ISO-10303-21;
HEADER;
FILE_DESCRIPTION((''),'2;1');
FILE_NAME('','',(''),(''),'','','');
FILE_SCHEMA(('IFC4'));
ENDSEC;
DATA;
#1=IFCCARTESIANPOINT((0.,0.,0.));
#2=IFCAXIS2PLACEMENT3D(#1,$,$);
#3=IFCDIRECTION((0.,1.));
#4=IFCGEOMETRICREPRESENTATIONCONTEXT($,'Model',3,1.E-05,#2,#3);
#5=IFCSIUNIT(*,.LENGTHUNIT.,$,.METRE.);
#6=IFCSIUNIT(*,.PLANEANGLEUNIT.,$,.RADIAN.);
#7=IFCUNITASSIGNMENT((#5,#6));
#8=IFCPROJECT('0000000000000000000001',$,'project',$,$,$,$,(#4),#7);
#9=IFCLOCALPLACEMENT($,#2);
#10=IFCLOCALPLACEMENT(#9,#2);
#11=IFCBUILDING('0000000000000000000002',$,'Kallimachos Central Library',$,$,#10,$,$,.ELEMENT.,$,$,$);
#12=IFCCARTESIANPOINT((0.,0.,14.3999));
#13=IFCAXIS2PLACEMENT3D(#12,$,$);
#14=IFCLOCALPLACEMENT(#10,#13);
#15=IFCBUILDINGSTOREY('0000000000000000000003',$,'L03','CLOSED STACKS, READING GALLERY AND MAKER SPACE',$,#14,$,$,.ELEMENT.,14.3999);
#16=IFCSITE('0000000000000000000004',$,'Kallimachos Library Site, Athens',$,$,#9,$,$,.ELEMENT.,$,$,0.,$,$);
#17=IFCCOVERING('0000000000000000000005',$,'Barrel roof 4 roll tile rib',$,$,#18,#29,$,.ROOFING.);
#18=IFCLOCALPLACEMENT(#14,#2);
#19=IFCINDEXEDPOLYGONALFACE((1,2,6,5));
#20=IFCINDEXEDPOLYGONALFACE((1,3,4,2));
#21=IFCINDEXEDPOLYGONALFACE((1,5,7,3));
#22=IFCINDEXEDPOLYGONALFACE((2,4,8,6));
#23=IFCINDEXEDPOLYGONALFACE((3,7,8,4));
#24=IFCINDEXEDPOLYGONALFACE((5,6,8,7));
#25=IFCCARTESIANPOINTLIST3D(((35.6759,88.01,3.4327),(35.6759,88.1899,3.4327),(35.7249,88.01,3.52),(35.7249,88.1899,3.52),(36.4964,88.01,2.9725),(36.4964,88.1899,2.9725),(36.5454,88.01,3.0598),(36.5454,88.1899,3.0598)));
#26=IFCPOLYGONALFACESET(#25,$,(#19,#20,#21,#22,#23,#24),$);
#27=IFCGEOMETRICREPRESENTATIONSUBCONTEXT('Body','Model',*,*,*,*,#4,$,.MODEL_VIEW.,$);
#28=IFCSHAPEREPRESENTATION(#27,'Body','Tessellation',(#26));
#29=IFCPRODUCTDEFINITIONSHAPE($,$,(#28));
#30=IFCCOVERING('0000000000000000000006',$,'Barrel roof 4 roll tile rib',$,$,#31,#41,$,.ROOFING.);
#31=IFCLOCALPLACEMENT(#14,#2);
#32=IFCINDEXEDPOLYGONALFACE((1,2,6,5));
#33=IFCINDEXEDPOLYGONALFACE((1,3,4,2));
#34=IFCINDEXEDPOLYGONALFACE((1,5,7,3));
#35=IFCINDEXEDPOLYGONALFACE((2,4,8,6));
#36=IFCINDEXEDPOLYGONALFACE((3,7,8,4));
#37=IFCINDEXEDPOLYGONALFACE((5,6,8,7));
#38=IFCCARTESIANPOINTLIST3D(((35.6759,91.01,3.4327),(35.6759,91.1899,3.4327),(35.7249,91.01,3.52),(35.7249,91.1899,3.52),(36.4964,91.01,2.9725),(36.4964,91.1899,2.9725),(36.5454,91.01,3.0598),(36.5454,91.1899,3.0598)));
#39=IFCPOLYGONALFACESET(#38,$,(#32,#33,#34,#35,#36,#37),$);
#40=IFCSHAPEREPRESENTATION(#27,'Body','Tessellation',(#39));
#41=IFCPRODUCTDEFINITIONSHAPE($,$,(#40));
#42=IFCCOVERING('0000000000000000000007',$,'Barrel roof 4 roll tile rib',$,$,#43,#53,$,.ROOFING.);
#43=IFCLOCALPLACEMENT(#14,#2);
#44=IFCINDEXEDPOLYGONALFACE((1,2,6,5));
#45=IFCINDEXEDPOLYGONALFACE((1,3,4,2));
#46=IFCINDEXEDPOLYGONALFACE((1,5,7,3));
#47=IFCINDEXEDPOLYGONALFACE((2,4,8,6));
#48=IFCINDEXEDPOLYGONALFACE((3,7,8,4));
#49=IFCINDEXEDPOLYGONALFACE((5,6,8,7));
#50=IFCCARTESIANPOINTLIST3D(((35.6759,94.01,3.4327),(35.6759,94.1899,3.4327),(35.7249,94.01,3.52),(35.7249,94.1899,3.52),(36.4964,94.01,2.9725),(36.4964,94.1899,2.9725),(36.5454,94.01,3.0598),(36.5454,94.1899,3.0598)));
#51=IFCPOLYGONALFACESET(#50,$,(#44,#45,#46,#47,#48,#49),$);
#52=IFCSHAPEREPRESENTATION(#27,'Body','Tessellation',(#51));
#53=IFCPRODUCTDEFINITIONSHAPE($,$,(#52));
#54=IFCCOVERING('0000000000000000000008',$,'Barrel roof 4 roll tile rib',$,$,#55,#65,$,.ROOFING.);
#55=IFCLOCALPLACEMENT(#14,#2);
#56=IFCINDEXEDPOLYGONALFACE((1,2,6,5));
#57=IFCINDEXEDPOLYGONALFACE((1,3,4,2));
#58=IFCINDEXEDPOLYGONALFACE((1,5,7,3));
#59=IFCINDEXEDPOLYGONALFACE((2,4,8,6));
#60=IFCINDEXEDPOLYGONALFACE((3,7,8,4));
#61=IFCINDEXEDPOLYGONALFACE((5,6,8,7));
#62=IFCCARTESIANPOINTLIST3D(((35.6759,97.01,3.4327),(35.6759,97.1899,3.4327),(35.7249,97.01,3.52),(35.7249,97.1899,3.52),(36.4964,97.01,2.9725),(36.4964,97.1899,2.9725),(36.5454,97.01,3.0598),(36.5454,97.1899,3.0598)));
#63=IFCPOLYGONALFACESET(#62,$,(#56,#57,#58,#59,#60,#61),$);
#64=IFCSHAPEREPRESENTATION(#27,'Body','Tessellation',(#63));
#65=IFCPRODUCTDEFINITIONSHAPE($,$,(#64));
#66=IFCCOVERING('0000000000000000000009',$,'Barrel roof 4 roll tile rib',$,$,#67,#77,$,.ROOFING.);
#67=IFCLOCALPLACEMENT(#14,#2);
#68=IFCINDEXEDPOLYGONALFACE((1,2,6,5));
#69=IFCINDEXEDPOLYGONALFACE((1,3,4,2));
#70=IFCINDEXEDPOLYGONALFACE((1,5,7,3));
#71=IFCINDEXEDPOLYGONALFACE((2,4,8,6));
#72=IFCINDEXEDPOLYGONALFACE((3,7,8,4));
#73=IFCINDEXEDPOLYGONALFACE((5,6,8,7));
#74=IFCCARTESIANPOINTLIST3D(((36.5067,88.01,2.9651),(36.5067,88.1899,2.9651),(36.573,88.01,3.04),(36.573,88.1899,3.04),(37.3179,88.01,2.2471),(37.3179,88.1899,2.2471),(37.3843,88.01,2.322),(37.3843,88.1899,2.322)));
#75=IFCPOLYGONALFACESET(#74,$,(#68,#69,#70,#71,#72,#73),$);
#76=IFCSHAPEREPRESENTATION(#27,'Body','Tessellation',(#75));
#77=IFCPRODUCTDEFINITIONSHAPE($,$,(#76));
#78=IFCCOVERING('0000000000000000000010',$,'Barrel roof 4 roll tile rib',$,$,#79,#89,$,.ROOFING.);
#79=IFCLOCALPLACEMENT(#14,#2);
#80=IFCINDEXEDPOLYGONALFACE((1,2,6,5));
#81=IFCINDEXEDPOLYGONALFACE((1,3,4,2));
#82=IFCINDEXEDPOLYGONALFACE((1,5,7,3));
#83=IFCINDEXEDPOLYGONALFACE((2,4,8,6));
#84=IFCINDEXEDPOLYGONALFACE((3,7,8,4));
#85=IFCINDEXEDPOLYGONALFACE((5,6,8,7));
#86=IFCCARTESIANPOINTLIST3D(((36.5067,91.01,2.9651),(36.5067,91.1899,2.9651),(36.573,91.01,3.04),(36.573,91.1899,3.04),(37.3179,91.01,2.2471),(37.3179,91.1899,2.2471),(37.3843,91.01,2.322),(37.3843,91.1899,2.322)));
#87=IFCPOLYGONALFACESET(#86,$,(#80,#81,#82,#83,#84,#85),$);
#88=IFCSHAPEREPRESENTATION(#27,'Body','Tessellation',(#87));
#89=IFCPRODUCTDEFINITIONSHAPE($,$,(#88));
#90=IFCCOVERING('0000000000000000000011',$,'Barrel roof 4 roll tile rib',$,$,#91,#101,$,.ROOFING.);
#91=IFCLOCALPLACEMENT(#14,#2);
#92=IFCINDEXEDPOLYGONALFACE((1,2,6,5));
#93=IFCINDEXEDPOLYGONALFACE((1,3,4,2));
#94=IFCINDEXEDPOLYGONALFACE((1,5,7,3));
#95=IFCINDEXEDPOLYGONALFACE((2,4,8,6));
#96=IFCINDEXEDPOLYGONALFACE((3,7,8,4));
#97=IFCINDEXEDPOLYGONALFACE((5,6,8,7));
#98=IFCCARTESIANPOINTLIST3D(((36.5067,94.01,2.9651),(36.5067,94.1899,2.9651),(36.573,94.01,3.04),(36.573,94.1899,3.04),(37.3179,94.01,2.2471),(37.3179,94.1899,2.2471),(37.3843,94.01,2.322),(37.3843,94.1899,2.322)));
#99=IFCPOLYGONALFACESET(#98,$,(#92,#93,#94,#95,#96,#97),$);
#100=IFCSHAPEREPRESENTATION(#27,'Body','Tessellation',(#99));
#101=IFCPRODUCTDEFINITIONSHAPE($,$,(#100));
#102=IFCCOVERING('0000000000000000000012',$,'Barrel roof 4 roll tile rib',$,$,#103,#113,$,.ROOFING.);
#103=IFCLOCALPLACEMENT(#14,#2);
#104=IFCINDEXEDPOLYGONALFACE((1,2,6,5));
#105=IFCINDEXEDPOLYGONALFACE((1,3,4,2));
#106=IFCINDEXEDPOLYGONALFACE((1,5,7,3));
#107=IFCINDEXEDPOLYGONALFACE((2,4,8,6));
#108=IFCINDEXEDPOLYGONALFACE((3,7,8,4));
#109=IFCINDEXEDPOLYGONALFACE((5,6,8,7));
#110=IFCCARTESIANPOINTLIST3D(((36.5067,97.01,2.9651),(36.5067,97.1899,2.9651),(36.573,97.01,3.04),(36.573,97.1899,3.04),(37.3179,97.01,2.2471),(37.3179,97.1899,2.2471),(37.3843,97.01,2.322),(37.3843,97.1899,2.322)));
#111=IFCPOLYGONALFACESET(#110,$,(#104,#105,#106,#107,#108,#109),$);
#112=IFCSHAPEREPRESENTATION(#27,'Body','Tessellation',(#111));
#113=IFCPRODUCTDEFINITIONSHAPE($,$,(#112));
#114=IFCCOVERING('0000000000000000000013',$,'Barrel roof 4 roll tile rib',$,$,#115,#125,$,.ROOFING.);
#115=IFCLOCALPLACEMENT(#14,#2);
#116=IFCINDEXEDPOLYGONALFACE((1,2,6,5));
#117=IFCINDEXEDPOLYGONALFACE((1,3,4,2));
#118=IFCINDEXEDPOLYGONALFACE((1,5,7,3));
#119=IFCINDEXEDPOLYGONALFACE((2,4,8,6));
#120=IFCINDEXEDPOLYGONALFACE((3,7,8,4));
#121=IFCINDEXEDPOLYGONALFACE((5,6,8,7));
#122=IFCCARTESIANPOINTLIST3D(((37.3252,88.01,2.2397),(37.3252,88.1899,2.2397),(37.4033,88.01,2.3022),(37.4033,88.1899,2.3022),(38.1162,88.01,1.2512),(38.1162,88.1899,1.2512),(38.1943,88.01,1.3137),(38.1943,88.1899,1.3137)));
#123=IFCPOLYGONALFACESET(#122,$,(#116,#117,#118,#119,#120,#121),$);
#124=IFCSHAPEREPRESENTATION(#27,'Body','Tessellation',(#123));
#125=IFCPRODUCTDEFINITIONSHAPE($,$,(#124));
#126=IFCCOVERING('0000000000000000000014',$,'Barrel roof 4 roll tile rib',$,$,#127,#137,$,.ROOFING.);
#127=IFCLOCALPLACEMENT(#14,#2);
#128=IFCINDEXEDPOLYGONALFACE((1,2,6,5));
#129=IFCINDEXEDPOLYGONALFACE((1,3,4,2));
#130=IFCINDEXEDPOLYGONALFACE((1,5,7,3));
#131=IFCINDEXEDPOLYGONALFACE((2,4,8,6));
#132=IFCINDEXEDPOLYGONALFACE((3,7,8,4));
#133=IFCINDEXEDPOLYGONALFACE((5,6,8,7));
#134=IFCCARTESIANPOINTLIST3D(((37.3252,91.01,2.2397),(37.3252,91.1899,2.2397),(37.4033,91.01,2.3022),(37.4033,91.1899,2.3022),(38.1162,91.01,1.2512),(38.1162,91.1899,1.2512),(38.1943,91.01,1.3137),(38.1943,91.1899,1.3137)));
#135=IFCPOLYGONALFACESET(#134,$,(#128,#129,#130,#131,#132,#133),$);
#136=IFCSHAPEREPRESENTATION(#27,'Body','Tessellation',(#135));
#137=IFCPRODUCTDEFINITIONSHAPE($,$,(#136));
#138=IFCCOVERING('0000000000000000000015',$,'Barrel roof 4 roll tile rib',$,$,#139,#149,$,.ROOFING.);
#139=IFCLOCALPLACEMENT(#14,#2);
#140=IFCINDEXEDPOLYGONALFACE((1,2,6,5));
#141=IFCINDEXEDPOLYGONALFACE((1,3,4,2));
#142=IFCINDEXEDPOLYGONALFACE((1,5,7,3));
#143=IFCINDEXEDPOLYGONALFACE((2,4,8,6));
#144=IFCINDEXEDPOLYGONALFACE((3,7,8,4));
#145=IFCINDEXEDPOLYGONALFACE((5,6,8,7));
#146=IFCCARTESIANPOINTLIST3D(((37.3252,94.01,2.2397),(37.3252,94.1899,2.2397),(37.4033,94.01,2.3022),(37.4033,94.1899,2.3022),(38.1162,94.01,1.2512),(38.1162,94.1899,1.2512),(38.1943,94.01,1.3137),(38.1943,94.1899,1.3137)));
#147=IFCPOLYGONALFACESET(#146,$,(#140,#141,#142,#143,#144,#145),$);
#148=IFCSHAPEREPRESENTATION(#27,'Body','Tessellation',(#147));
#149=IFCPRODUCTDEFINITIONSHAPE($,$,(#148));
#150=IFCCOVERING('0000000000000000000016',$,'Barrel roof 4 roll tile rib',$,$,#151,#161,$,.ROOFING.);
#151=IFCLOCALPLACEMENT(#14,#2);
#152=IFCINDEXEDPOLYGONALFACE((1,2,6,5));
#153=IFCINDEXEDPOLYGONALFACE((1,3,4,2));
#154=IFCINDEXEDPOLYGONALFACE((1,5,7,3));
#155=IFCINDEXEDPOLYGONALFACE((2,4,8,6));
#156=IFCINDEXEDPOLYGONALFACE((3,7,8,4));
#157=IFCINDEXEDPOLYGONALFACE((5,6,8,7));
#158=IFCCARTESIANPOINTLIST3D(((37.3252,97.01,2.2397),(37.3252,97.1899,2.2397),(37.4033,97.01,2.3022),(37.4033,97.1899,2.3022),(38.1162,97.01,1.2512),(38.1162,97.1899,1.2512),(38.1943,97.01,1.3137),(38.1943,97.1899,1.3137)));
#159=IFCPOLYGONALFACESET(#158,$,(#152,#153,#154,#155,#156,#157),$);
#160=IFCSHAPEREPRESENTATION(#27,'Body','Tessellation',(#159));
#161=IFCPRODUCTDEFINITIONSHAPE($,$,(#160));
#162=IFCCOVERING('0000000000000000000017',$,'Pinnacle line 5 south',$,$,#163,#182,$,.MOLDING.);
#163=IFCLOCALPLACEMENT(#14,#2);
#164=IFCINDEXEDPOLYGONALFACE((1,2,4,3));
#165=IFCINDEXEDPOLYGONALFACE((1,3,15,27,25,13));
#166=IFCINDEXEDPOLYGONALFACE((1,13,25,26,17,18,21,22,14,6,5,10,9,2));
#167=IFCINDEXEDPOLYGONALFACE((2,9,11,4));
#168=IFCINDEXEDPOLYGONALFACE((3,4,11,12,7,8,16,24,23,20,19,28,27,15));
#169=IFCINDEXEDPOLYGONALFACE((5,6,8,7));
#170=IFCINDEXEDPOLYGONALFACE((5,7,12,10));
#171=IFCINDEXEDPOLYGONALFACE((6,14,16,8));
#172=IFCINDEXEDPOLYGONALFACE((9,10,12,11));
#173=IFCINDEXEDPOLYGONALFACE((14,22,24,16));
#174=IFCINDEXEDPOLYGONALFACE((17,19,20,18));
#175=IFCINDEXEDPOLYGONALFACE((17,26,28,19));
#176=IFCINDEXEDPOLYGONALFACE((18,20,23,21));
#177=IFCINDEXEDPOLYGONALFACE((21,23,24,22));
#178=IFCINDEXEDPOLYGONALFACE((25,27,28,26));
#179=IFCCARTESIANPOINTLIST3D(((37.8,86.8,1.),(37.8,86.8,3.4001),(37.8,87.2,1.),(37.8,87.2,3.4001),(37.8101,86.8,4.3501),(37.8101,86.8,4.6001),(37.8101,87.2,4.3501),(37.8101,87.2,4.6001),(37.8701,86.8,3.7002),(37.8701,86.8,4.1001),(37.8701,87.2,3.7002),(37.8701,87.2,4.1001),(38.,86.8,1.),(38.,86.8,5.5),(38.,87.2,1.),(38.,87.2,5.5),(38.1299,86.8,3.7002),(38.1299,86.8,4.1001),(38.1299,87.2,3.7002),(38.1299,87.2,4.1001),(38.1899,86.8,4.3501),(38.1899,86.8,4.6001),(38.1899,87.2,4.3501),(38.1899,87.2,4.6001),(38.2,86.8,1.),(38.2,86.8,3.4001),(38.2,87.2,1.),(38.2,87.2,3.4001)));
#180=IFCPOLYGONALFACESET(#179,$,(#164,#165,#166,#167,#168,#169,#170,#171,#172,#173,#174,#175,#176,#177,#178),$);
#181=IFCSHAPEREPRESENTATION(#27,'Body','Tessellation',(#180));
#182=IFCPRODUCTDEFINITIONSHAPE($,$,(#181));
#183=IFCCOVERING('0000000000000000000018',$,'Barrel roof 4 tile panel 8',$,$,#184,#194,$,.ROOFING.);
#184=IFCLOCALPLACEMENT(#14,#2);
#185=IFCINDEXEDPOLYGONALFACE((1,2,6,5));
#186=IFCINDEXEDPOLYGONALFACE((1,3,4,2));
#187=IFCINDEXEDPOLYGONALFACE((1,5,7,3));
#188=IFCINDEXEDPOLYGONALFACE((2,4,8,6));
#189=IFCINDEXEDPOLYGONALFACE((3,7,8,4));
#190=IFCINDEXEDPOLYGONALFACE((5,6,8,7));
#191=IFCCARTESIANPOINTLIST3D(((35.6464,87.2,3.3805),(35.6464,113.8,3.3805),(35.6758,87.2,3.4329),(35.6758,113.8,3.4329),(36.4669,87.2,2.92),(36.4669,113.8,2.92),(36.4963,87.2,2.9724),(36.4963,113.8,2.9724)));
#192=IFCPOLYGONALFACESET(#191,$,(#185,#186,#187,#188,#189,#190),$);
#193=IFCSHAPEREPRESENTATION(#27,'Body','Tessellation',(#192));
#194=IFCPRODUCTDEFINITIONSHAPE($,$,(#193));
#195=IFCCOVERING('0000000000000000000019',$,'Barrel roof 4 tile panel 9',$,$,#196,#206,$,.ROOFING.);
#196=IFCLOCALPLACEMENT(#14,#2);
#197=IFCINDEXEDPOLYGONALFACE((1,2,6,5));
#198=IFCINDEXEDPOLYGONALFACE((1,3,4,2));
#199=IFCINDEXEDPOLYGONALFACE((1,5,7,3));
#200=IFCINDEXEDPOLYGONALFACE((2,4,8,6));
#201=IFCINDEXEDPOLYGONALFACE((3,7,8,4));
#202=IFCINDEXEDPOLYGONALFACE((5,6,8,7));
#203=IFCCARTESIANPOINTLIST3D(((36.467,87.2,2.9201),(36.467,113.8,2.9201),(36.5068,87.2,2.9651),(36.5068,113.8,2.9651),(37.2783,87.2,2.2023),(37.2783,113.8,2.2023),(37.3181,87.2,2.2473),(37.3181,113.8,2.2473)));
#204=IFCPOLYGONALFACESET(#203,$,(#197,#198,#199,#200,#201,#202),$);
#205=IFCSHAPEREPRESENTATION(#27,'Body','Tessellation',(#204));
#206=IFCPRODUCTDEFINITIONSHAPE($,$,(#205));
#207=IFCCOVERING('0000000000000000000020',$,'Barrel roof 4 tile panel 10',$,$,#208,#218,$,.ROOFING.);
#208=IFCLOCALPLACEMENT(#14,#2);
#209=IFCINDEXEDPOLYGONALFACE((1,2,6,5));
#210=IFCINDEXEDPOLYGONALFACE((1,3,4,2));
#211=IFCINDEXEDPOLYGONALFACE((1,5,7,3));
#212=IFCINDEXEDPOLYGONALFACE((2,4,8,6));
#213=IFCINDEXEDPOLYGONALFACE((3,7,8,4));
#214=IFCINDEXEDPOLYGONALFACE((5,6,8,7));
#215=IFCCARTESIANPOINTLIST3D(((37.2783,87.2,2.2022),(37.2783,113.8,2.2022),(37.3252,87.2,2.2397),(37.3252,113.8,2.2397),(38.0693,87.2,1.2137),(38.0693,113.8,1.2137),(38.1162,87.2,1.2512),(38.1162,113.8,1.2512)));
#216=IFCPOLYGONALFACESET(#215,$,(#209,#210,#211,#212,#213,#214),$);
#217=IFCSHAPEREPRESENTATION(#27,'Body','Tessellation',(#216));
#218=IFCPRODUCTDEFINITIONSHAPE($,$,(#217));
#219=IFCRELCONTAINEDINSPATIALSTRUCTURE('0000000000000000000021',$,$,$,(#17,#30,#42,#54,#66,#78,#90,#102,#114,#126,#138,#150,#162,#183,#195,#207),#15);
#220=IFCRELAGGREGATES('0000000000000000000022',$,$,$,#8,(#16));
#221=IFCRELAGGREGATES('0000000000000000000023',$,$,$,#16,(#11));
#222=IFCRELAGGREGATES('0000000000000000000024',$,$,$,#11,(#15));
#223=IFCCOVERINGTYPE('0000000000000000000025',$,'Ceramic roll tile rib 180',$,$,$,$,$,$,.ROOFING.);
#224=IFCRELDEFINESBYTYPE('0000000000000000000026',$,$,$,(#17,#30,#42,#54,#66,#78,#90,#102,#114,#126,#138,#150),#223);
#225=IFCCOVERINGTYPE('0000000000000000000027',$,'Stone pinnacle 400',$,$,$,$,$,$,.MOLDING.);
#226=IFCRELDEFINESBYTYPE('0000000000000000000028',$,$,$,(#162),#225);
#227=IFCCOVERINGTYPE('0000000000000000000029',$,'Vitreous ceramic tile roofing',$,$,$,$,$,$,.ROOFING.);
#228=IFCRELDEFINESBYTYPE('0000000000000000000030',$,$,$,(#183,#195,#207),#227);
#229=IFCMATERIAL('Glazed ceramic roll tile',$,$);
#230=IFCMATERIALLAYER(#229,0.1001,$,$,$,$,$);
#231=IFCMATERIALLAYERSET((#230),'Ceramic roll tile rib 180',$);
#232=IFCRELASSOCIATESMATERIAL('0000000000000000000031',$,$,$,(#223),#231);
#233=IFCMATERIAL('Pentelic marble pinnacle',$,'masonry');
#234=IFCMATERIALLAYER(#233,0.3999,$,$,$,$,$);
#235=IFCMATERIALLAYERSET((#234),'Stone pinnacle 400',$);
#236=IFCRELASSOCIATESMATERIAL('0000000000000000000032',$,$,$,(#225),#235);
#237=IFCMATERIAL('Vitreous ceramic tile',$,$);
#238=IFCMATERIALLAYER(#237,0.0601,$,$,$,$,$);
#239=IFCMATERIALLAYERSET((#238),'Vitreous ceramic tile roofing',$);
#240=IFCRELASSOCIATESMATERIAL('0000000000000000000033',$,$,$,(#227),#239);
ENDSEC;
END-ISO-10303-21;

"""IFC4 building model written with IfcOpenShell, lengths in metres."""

from ifc_helpers import new_model, si_unit, direction, frame, origin, place, context, subcontext, project, spatial, polyline, outline, extrude, material, layer, layer_set, type_object, element, save


model = new_model("IFC4")

# Units and contexts
model_context = context("Model", 3, precision=1e-05, world=origin(), true_north=direction((0.0, 1.0)))
body_context = subcontext(model_context, "Body", "Model", "MODEL_VIEW")
ifc_project = project(units=[si_unit("LENGTHUNIT", "METRE"), si_unit("PLANEANGLEUNIT", "RADIAN")], contexts=[model_context])

# Site, building, storey
site_placement = place(None, origin())
site = spatial("IfcSite", under=ifc_project, at=site_placement, Name="Kallimachos Library Site, Athens", CompositionType="ELEMENT", RefElevation=0.0)
building_placement = place(site_placement, origin())
building = spatial("IfcBuilding", under=site, at=building_placement, Name="Kallimachos Central Library", CompositionType="ELEMENT")
storey_placement = place(building_placement, frame((0.0, 0.0, 14.3999)))
storey = spatial("IfcBuildingStorey", under=building, at=storey_placement, Name="L03", Description="CLOSED STACKS, READING GALLERY AND MAKER SPACE", CompositionType="ELEMENT", Elevation=14.3999)

# Coverings
ifc_material_1 = material(Name="Glazed ceramic roll tile")
ifc_layer_1 = layer(ifc_material_1, 0.1001)
ifc_layer_set_1 = layer_set([ifc_layer_1], Name="Ceramic roll tile rib 180")
covering_type_1 = type_object("IfcCoveringType", Name="Ceramic roll tile rib 180", PredefinedType="ROOFING", material=ifc_layer_set_1)
for number, where, z_axis, x_axis, name in (
    (1, (35.7249, 88.01, 3.52), (0.489164, 0.0, 0.872192), (0.872192, 0.0, -0.489164), "Barrel roof 4 roll tile rib"),
    (2, (35.7249, 91.01, 3.52), (0.489164, 0.0, 0.872192), (0.872192, 0.0, -0.489164), "Barrel roof 4 roll tile rib"),
    (3, (35.7249, 94.01, 3.52), (0.489164, 0.0, 0.872192), (0.872192, 0.0, -0.489164), "Barrel roof 4 roll tile rib"),
    (4, (35.7249, 97.01, 3.52), (0.489164, 0.0, 0.872192), (0.872192, 0.0, -0.489164), "Barrel roof 4 roll tile rib"),
):
    element("IfcCovering", number, at=place(storey_placement, frame(where, z_axis=z_axis, x_axis=x_axis)), inside=storey, type_object=covering_type_1, Name=name, PredefinedType="ROOFING", context=body_context, shape_type="SweptSolid", body=[
        extrude(outline(polyline([(0.0, 0.0), (0.9408, 0.0), (0.9408, 0.1799), (0.0, 0.1799), (0.0, 0.0)])), origin(), (0.0, 0.0, -1.0), 0.1001),
    ])
for number, where, z_axis, x_axis, name in (
    (5, (36.573, 88.01, 3.04), (0.662754, 0.0, 0.748837), (0.748837, 0.0, -0.662754), "Barrel roof 4 roll tile rib"),
    (6, (36.573, 91.01, 3.04), (0.662754, 0.0, 0.748837), (0.748837, 0.0, -0.662754), "Barrel roof 4 roll tile rib"),
    (7, (36.573, 94.01, 3.04), (0.662754, 0.0, 0.748837), (0.748837, 0.0, -0.662754), "Barrel roof 4 roll tile rib"),
    (8, (36.573, 97.01, 3.04), (0.662754, 0.0, 0.748837), (0.748837, 0.0, -0.662754), "Barrel roof 4 roll tile rib"),
):
    element("IfcCovering", number, at=place(storey_placement, frame(where, z_axis=z_axis, x_axis=x_axis)), inside=storey, type_object=covering_type_1, Name=name, PredefinedType="ROOFING", context=body_context, shape_type="SweptSolid", body=[
        extrude(outline(polyline([(0.0, 0.0), (1.0834, 0.0), (1.0834, 0.1799), (0.0, 0.1799), (0.0, 0.0)])), origin(), (0.0, 0.0, -1.0), 0.1001),
    ])
for number, where, z_axis, x_axis, name in (
    (9, (37.4033, 88.01, 2.3022), (0.780794, 0.0, 0.624789), (0.624789, 0.0, -0.780794), "Barrel roof 4 roll tile rib"),
    (10, (37.4033, 91.01, 2.3022), (0.780794, 0.0, 0.624789), (0.624789, 0.0, -0.780794), "Barrel roof 4 roll tile rib"),
    (11, (37.4033, 94.01, 2.3022), (0.780794, 0.0, 0.624789), (0.624789, 0.0, -0.780794), "Barrel roof 4 roll tile rib"),
    (12, (37.4033, 97.01, 2.3022), (0.780794, 0.0, 0.624789), (0.624789, 0.0, -0.780794), "Barrel roof 4 roll tile rib"),
):
    element("IfcCovering", number, at=place(storey_placement, frame(where, z_axis=z_axis, x_axis=x_axis)), inside=storey, type_object=covering_type_1, Name=name, PredefinedType="ROOFING", context=body_context, shape_type="SweptSolid", body=[
        extrude(outline(polyline([(0.0, 0.0), (1.2661, 0.0), (1.2661, 0.1799), (0.0, 0.1799), (0.0, 0.0)])), origin(), (0.0, 0.0, -1.0), 0.1001),
    ])
ifc_material_2 = material(Name="Pentelic marble pinnacle", Category="masonry")
ifc_layer_2 = layer(ifc_material_2, 0.3999)
ifc_layer_set_2 = layer_set([ifc_layer_2], Name="Stone pinnacle 400")
covering_type_2 = type_object("IfcCoveringType", Name="Stone pinnacle 400", PredefinedType="MOLDING", material=ifc_layer_set_2)
covering_1_placement = place(storey_placement, frame((38.0, 86.8, 1.0), z_axis=(0.0, -1.0, 0.0), x_axis=(1.0, 0.0, 0.0)))
element("IfcCovering", 13, at=covering_1_placement, inside=storey, type_object=covering_type_2, Name="Pinnacle line 5 south", PredefinedType="MOLDING", context=body_context, shape_type="SweptSolid", body=[
    extrude(outline(polyline([(0.0, 0.0), (0.2, 0.0), (0.2, 2.4001), (0.1299, 2.7002), (0.1299, 3.1001), (0.1899, 3.3501), (0.1899, 3.6001), (0.0, 4.5), (-0.1899, 3.6001), (-0.1899, 3.3501), (-0.1299, 3.1001), (-0.1299, 2.7002), (-0.2, 2.4001), (-0.2, 0.0), (0.0, 0.0)])), origin(), (0.0, 0.0, -1.0), 0.3999),
])
ifc_material_3 = material(Name="Vitreous ceramic tile")
ifc_layer_3 = layer(ifc_material_3, 0.0601)
ifc_layer_set_3 = layer_set([ifc_layer_3], Name="Vitreous ceramic tile roofing")
covering_type_3 = type_object("IfcCoveringType", Name="Vitreous ceramic tile roofing", PredefinedType="ROOFING", material=ifc_layer_set_3)
covering_2_placement = place(storey_placement, frame((35.6758, 87.2, 3.4329), z_axis=(0.489362, 0.0, 0.872081), x_axis=(0.872081, 0.0, -0.489362)))
element("IfcCovering", 14, at=covering_2_placement, inside=storey, type_object=covering_type_3, Name="Barrel roof 4 tile panel 8", PredefinedType="ROOFING", context=body_context, shape_type="SweptSolid", body=[
    extrude(outline(polyline([(0.0, 0.0), (0.9409, 0.0), (0.9409, 26.6001), (0.0, 26.6001), (0.0, 0.0)])), origin(), (0.0, 0.0, -1.0), 0.0601),
])
covering_3_placement = place(storey_placement, frame((36.5068, 87.2, 2.9651), z_axis=(0.662627, 0.0, 0.748949), x_axis=(0.748949, 0.0, -0.662627)))
element("IfcCovering", 15, at=covering_3_placement, inside=storey, type_object=covering_type_3, Name="Barrel roof 4 tile panel 9", PredefinedType="ROOFING", context=body_context, shape_type="SweptSolid", body=[
    extrude(outline(polyline([(0.0, 0.0), (1.0832, 0.0), (1.0832, 26.6001), (0.0, 26.6001), (0.0, 0.0)])), origin(), (0.0, 0.0, -1.0), 0.0601),
])
covering_4_placement = place(storey_placement, frame((37.3252, 87.2, 2.2397), z_axis=(0.780794, 0.0, 0.624789), x_axis=(0.624789, 0.0, -0.780794)))
element("IfcCovering", 16, at=covering_4_placement, inside=storey, type_object=covering_type_3, Name="Barrel roof 4 tile panel 10", PredefinedType="ROOFING", context=body_context, shape_type="SweptSolid", body=[
    extrude(outline(polyline([(0.0, 0.0), (1.2661, 0.0), (1.2661, 26.6001), (0.0, 26.6001), (0.0, 0.0)])), origin(), (0.0, 0.0, -1.0), 0.0601),
])

save(model, "model.ifc")
